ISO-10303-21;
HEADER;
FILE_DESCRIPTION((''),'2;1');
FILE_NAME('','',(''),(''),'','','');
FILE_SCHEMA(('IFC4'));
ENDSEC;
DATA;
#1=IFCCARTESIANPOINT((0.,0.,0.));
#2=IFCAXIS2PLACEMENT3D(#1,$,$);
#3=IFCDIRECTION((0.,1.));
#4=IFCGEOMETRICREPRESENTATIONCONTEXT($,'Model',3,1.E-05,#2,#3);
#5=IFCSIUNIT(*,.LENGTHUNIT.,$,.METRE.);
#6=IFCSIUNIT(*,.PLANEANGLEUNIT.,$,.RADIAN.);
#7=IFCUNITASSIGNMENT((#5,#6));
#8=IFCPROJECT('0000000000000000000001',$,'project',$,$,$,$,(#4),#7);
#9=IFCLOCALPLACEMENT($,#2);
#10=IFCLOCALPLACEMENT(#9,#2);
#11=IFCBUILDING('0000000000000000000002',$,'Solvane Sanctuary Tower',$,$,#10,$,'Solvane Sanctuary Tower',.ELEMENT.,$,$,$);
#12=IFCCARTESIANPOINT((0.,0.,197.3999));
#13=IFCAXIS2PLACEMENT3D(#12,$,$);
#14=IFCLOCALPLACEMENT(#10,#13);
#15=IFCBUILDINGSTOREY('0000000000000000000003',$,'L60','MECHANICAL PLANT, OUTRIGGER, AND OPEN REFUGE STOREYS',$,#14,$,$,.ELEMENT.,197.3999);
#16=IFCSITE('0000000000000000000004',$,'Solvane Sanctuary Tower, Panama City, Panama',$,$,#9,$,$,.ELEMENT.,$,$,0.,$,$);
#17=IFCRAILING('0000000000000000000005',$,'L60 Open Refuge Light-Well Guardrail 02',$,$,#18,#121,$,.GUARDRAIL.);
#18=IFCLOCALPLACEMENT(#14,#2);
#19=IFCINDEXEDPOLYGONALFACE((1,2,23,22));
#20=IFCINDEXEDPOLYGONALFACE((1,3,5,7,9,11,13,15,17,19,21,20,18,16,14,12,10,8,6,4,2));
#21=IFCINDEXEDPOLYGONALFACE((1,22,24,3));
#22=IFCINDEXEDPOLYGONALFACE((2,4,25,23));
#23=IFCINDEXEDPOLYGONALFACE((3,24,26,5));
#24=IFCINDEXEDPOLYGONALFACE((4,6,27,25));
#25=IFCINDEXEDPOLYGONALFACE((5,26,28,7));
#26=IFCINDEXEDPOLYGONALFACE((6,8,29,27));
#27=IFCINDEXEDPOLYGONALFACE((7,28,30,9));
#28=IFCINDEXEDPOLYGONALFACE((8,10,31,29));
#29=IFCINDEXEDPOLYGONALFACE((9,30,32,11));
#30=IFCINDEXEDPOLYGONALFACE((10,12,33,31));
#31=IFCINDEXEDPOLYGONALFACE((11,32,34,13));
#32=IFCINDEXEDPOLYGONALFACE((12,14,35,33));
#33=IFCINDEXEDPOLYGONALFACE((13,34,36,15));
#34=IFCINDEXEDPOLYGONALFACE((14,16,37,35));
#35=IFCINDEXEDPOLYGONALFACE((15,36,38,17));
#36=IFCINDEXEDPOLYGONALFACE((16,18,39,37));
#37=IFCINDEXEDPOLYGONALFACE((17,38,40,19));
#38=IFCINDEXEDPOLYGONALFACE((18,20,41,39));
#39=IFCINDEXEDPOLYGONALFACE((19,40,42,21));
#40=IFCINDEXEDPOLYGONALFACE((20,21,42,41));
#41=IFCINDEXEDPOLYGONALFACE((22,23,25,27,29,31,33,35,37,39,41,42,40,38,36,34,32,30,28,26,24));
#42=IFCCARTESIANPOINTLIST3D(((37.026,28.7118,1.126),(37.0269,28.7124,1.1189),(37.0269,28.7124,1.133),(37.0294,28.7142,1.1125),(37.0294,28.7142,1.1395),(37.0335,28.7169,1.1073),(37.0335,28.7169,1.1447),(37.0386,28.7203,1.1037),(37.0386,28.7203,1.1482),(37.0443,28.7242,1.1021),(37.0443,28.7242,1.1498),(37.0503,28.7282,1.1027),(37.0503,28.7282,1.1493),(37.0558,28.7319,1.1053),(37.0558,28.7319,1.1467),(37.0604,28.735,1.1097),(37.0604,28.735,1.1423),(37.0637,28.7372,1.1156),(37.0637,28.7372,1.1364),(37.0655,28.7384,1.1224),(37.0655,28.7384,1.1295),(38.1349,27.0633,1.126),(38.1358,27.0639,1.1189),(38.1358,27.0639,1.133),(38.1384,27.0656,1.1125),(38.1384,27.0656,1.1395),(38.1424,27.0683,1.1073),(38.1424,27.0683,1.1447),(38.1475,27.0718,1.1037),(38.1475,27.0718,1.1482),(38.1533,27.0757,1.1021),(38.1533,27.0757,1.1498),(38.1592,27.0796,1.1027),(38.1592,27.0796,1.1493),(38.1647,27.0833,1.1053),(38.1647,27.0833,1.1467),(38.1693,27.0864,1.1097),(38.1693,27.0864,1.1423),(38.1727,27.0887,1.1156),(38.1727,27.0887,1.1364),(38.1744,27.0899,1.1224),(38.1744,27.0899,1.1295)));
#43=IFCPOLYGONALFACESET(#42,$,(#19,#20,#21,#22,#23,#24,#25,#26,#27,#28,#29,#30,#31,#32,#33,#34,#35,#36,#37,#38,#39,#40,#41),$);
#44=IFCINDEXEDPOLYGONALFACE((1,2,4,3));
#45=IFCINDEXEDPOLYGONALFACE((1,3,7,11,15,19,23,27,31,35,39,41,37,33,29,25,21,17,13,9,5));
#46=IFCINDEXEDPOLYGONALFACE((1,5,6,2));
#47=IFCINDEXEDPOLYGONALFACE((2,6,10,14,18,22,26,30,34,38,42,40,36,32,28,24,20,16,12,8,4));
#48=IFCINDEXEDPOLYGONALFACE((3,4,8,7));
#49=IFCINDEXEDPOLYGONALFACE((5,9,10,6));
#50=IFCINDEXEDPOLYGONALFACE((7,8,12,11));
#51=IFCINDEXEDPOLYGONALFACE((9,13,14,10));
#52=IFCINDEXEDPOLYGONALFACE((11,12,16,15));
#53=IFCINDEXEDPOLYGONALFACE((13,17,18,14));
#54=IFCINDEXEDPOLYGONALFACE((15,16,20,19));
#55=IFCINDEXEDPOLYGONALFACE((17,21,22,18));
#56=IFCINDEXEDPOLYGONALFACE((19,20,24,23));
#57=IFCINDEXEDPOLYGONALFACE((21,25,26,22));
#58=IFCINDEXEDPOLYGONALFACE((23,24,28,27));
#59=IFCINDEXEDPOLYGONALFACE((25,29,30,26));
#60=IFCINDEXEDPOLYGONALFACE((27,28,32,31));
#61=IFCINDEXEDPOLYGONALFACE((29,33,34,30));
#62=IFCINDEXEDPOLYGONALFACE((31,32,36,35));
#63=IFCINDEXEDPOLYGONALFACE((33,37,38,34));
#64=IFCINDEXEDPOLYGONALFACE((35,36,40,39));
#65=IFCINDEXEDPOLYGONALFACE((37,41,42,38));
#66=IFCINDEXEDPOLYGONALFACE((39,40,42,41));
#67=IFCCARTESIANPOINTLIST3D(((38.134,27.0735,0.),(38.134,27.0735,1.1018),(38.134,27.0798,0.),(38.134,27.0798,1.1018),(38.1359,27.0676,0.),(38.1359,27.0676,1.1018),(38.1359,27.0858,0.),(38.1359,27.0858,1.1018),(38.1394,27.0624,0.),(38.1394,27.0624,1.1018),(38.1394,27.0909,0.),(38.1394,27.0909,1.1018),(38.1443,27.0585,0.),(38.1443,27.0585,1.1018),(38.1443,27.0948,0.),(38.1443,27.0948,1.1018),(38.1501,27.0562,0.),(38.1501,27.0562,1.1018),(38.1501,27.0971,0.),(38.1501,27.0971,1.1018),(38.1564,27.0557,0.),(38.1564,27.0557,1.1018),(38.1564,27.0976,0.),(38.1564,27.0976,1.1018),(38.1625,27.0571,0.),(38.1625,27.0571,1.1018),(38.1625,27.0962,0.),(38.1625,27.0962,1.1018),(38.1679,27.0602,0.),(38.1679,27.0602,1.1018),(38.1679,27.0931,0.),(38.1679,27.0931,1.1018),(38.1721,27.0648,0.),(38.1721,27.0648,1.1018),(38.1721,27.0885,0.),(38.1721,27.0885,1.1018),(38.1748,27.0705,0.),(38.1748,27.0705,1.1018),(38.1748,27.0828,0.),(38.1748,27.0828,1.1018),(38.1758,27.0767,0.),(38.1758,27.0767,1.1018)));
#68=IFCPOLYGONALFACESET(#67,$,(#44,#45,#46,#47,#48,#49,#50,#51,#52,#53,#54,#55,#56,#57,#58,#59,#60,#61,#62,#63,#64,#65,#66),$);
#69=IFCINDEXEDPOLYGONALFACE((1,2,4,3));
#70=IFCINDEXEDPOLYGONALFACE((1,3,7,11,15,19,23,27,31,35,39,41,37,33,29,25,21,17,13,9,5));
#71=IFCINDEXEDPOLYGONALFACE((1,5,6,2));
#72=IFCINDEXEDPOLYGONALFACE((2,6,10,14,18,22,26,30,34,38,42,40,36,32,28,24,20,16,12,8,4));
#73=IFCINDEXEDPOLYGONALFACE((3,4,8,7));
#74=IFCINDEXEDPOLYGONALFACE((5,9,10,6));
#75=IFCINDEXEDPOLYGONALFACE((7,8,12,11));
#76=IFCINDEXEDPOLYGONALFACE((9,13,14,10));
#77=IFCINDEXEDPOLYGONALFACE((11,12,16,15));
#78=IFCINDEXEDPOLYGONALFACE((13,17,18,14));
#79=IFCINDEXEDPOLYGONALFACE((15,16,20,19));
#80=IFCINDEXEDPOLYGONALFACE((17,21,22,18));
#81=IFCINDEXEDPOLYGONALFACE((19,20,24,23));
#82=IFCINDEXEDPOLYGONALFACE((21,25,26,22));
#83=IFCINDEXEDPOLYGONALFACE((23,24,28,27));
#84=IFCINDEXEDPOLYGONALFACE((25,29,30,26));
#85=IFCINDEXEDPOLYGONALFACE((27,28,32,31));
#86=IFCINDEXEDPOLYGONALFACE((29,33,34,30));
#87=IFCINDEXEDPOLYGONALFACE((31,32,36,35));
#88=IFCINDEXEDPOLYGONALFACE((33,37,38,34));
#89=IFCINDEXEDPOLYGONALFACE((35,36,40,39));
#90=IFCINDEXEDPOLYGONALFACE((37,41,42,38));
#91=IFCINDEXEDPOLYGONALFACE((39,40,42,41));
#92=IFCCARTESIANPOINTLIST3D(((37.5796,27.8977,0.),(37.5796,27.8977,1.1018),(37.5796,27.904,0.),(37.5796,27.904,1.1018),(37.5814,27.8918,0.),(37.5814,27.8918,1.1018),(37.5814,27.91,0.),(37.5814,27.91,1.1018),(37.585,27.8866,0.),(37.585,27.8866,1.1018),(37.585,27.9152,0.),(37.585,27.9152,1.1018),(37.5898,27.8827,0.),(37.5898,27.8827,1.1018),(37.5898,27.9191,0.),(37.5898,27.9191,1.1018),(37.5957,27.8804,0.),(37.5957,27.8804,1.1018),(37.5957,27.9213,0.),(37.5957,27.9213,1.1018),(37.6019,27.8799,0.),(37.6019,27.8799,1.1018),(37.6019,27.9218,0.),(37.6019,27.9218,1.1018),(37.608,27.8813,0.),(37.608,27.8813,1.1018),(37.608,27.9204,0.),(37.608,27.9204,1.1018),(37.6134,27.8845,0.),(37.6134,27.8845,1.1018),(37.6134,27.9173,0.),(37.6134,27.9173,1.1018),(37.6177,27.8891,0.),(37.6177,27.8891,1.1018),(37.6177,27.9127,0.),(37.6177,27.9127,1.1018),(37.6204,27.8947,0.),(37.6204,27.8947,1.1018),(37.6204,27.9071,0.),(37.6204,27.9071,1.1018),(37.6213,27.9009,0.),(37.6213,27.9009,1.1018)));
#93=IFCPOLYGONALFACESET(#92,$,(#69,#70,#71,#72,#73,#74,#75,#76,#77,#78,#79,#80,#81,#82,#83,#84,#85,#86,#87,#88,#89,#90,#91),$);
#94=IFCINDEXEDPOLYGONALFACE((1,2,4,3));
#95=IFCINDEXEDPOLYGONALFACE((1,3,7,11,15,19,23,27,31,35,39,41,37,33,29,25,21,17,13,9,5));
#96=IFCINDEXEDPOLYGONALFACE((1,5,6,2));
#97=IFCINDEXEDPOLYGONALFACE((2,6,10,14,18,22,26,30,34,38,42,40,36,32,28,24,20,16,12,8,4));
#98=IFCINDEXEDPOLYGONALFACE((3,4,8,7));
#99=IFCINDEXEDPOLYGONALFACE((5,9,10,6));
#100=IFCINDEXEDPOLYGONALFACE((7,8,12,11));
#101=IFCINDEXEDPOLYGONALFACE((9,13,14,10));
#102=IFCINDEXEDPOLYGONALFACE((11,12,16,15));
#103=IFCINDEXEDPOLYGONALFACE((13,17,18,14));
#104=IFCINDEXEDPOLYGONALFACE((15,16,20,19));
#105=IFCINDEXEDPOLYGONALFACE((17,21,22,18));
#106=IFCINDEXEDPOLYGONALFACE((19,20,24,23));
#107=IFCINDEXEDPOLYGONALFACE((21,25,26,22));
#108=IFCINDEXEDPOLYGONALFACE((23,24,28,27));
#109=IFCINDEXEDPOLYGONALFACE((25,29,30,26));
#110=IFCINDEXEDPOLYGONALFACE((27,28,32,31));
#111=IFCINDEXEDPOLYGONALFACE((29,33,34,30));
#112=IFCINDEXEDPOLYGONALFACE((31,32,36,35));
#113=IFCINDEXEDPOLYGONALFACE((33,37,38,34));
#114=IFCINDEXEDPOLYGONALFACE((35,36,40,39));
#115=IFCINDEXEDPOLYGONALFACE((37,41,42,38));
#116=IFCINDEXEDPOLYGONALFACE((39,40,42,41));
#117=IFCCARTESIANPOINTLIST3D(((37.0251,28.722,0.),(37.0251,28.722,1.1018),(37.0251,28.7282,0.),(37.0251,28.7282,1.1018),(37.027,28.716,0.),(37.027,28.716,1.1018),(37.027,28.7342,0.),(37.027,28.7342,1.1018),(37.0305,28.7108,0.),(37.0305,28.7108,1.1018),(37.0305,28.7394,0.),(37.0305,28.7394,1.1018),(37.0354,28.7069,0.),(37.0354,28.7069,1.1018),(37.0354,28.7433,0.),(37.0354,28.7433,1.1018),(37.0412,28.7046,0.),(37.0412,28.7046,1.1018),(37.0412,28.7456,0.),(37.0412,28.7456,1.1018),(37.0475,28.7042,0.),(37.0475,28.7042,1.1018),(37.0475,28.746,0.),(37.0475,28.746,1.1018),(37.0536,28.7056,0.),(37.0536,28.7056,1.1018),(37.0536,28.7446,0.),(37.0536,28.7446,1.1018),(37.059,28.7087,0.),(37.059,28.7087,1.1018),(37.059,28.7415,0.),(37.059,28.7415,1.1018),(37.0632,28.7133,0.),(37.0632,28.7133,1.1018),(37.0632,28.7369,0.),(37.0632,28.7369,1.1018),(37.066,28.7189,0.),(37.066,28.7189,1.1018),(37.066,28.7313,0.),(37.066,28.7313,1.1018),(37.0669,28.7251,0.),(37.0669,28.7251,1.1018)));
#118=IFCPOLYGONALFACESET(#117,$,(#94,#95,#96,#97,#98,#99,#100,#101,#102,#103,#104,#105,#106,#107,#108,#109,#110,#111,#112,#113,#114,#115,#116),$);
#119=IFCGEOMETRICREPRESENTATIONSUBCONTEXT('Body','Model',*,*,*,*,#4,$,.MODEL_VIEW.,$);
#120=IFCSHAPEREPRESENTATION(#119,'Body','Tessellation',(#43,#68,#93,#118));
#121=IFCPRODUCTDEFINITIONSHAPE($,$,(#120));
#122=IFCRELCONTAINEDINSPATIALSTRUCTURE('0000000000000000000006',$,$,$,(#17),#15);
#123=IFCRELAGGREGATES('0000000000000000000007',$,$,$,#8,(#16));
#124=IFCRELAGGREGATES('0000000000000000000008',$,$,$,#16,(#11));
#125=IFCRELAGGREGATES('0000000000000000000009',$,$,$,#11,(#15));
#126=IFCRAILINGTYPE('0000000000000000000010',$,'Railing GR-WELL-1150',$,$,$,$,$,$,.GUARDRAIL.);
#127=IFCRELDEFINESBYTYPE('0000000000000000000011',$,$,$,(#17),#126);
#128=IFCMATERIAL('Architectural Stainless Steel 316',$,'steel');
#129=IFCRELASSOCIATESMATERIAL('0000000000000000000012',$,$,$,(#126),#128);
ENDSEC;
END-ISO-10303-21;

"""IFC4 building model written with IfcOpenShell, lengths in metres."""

from ifc_helpers import new_model, si_unit, direction, frame, origin, origin_2d, place, context, subcontext, project, spatial, circle, extrude, material, type_object, element, save


model = new_model("IFC4")

# Units and contexts
model_context = context("Model", 3, precision=1e-05, world=origin(), true_north=direction((0.0, 1.0)))
body_context = subcontext(model_context, "Body", "Model", "MODEL_VIEW")
ifc_project = project(units=[si_unit("LENGTHUNIT", "METRE"), si_unit("PLANEANGLEUNIT", "RADIAN")], contexts=[model_context])

# Site, building, storey
site_placement = place(None, origin())
site = spatial("IfcSite", under=ifc_project, at=site_placement, Name="Solvane Sanctuary Tower, Panama City, Panama", CompositionType="ELEMENT", RefElevation=0.0)
building_placement = place(site_placement, origin())
building = spatial("IfcBuilding", under=site, at=building_placement, Name="Solvane Sanctuary Tower", LongName="Solvane Sanctuary Tower", CompositionType="ELEMENT")
storey_placement = place(building_placement, frame((0.0, 0.0, 197.3999)))
storey = spatial("IfcBuildingStorey", under=building, at=storey_placement, Name="L60", Description="MECHANICAL PLANT, OUTRIGGER, AND OPEN REFUGE STOREYS", CompositionType="ELEMENT", Elevation=197.3999)

# Shared definitions
ifc_material_1 = material(Name="Architectural Stainless Steel 316", Category="steel")

# Railing
railing_type_1 = type_object("IfcRailingType", Name="Railing GR-WELL-1150", PredefinedType="GUARDRAIL", material=ifc_material_1)
railing_1_placement = place(storey_placement, frame((38.1548, 27.0767, 0.0)))
element("IfcRailing", 1, at=railing_1_placement, inside=storey, type_object=railing_type_1, Name="L60 Open Refuge Light-Well Guardrail 02", PredefinedType="GUARDRAIL", context=body_context, shape_type="SweptSolid", body=[
    extrude(circle(Radius=0.0239, at=origin_2d()), frame((0.0, 0.0, 1.126), z_axis=(-0.558155, 0.829737, 0.0), x_axis=(-0.829737, -0.558155, 0.0)), (0.0, 0.0, 1.0), 1.9868),
    extrude(circle(Radius=0.021, at=origin_2d()), origin(), (0.0, 0.0, 1.0), 1.1018),
    extrude(circle(Radius=0.021, at=origin_2d()), frame((-0.5544, 0.8242, 0.0)), (0.0, 0.0, 1.0), 1.1018),
    extrude(circle(Radius=0.021, at=origin_2d()), frame((-1.1089, 1.6484, 0.0)), (0.0, 0.0, 1.0), 1.1018),
])

save(model, "model.ifc")
